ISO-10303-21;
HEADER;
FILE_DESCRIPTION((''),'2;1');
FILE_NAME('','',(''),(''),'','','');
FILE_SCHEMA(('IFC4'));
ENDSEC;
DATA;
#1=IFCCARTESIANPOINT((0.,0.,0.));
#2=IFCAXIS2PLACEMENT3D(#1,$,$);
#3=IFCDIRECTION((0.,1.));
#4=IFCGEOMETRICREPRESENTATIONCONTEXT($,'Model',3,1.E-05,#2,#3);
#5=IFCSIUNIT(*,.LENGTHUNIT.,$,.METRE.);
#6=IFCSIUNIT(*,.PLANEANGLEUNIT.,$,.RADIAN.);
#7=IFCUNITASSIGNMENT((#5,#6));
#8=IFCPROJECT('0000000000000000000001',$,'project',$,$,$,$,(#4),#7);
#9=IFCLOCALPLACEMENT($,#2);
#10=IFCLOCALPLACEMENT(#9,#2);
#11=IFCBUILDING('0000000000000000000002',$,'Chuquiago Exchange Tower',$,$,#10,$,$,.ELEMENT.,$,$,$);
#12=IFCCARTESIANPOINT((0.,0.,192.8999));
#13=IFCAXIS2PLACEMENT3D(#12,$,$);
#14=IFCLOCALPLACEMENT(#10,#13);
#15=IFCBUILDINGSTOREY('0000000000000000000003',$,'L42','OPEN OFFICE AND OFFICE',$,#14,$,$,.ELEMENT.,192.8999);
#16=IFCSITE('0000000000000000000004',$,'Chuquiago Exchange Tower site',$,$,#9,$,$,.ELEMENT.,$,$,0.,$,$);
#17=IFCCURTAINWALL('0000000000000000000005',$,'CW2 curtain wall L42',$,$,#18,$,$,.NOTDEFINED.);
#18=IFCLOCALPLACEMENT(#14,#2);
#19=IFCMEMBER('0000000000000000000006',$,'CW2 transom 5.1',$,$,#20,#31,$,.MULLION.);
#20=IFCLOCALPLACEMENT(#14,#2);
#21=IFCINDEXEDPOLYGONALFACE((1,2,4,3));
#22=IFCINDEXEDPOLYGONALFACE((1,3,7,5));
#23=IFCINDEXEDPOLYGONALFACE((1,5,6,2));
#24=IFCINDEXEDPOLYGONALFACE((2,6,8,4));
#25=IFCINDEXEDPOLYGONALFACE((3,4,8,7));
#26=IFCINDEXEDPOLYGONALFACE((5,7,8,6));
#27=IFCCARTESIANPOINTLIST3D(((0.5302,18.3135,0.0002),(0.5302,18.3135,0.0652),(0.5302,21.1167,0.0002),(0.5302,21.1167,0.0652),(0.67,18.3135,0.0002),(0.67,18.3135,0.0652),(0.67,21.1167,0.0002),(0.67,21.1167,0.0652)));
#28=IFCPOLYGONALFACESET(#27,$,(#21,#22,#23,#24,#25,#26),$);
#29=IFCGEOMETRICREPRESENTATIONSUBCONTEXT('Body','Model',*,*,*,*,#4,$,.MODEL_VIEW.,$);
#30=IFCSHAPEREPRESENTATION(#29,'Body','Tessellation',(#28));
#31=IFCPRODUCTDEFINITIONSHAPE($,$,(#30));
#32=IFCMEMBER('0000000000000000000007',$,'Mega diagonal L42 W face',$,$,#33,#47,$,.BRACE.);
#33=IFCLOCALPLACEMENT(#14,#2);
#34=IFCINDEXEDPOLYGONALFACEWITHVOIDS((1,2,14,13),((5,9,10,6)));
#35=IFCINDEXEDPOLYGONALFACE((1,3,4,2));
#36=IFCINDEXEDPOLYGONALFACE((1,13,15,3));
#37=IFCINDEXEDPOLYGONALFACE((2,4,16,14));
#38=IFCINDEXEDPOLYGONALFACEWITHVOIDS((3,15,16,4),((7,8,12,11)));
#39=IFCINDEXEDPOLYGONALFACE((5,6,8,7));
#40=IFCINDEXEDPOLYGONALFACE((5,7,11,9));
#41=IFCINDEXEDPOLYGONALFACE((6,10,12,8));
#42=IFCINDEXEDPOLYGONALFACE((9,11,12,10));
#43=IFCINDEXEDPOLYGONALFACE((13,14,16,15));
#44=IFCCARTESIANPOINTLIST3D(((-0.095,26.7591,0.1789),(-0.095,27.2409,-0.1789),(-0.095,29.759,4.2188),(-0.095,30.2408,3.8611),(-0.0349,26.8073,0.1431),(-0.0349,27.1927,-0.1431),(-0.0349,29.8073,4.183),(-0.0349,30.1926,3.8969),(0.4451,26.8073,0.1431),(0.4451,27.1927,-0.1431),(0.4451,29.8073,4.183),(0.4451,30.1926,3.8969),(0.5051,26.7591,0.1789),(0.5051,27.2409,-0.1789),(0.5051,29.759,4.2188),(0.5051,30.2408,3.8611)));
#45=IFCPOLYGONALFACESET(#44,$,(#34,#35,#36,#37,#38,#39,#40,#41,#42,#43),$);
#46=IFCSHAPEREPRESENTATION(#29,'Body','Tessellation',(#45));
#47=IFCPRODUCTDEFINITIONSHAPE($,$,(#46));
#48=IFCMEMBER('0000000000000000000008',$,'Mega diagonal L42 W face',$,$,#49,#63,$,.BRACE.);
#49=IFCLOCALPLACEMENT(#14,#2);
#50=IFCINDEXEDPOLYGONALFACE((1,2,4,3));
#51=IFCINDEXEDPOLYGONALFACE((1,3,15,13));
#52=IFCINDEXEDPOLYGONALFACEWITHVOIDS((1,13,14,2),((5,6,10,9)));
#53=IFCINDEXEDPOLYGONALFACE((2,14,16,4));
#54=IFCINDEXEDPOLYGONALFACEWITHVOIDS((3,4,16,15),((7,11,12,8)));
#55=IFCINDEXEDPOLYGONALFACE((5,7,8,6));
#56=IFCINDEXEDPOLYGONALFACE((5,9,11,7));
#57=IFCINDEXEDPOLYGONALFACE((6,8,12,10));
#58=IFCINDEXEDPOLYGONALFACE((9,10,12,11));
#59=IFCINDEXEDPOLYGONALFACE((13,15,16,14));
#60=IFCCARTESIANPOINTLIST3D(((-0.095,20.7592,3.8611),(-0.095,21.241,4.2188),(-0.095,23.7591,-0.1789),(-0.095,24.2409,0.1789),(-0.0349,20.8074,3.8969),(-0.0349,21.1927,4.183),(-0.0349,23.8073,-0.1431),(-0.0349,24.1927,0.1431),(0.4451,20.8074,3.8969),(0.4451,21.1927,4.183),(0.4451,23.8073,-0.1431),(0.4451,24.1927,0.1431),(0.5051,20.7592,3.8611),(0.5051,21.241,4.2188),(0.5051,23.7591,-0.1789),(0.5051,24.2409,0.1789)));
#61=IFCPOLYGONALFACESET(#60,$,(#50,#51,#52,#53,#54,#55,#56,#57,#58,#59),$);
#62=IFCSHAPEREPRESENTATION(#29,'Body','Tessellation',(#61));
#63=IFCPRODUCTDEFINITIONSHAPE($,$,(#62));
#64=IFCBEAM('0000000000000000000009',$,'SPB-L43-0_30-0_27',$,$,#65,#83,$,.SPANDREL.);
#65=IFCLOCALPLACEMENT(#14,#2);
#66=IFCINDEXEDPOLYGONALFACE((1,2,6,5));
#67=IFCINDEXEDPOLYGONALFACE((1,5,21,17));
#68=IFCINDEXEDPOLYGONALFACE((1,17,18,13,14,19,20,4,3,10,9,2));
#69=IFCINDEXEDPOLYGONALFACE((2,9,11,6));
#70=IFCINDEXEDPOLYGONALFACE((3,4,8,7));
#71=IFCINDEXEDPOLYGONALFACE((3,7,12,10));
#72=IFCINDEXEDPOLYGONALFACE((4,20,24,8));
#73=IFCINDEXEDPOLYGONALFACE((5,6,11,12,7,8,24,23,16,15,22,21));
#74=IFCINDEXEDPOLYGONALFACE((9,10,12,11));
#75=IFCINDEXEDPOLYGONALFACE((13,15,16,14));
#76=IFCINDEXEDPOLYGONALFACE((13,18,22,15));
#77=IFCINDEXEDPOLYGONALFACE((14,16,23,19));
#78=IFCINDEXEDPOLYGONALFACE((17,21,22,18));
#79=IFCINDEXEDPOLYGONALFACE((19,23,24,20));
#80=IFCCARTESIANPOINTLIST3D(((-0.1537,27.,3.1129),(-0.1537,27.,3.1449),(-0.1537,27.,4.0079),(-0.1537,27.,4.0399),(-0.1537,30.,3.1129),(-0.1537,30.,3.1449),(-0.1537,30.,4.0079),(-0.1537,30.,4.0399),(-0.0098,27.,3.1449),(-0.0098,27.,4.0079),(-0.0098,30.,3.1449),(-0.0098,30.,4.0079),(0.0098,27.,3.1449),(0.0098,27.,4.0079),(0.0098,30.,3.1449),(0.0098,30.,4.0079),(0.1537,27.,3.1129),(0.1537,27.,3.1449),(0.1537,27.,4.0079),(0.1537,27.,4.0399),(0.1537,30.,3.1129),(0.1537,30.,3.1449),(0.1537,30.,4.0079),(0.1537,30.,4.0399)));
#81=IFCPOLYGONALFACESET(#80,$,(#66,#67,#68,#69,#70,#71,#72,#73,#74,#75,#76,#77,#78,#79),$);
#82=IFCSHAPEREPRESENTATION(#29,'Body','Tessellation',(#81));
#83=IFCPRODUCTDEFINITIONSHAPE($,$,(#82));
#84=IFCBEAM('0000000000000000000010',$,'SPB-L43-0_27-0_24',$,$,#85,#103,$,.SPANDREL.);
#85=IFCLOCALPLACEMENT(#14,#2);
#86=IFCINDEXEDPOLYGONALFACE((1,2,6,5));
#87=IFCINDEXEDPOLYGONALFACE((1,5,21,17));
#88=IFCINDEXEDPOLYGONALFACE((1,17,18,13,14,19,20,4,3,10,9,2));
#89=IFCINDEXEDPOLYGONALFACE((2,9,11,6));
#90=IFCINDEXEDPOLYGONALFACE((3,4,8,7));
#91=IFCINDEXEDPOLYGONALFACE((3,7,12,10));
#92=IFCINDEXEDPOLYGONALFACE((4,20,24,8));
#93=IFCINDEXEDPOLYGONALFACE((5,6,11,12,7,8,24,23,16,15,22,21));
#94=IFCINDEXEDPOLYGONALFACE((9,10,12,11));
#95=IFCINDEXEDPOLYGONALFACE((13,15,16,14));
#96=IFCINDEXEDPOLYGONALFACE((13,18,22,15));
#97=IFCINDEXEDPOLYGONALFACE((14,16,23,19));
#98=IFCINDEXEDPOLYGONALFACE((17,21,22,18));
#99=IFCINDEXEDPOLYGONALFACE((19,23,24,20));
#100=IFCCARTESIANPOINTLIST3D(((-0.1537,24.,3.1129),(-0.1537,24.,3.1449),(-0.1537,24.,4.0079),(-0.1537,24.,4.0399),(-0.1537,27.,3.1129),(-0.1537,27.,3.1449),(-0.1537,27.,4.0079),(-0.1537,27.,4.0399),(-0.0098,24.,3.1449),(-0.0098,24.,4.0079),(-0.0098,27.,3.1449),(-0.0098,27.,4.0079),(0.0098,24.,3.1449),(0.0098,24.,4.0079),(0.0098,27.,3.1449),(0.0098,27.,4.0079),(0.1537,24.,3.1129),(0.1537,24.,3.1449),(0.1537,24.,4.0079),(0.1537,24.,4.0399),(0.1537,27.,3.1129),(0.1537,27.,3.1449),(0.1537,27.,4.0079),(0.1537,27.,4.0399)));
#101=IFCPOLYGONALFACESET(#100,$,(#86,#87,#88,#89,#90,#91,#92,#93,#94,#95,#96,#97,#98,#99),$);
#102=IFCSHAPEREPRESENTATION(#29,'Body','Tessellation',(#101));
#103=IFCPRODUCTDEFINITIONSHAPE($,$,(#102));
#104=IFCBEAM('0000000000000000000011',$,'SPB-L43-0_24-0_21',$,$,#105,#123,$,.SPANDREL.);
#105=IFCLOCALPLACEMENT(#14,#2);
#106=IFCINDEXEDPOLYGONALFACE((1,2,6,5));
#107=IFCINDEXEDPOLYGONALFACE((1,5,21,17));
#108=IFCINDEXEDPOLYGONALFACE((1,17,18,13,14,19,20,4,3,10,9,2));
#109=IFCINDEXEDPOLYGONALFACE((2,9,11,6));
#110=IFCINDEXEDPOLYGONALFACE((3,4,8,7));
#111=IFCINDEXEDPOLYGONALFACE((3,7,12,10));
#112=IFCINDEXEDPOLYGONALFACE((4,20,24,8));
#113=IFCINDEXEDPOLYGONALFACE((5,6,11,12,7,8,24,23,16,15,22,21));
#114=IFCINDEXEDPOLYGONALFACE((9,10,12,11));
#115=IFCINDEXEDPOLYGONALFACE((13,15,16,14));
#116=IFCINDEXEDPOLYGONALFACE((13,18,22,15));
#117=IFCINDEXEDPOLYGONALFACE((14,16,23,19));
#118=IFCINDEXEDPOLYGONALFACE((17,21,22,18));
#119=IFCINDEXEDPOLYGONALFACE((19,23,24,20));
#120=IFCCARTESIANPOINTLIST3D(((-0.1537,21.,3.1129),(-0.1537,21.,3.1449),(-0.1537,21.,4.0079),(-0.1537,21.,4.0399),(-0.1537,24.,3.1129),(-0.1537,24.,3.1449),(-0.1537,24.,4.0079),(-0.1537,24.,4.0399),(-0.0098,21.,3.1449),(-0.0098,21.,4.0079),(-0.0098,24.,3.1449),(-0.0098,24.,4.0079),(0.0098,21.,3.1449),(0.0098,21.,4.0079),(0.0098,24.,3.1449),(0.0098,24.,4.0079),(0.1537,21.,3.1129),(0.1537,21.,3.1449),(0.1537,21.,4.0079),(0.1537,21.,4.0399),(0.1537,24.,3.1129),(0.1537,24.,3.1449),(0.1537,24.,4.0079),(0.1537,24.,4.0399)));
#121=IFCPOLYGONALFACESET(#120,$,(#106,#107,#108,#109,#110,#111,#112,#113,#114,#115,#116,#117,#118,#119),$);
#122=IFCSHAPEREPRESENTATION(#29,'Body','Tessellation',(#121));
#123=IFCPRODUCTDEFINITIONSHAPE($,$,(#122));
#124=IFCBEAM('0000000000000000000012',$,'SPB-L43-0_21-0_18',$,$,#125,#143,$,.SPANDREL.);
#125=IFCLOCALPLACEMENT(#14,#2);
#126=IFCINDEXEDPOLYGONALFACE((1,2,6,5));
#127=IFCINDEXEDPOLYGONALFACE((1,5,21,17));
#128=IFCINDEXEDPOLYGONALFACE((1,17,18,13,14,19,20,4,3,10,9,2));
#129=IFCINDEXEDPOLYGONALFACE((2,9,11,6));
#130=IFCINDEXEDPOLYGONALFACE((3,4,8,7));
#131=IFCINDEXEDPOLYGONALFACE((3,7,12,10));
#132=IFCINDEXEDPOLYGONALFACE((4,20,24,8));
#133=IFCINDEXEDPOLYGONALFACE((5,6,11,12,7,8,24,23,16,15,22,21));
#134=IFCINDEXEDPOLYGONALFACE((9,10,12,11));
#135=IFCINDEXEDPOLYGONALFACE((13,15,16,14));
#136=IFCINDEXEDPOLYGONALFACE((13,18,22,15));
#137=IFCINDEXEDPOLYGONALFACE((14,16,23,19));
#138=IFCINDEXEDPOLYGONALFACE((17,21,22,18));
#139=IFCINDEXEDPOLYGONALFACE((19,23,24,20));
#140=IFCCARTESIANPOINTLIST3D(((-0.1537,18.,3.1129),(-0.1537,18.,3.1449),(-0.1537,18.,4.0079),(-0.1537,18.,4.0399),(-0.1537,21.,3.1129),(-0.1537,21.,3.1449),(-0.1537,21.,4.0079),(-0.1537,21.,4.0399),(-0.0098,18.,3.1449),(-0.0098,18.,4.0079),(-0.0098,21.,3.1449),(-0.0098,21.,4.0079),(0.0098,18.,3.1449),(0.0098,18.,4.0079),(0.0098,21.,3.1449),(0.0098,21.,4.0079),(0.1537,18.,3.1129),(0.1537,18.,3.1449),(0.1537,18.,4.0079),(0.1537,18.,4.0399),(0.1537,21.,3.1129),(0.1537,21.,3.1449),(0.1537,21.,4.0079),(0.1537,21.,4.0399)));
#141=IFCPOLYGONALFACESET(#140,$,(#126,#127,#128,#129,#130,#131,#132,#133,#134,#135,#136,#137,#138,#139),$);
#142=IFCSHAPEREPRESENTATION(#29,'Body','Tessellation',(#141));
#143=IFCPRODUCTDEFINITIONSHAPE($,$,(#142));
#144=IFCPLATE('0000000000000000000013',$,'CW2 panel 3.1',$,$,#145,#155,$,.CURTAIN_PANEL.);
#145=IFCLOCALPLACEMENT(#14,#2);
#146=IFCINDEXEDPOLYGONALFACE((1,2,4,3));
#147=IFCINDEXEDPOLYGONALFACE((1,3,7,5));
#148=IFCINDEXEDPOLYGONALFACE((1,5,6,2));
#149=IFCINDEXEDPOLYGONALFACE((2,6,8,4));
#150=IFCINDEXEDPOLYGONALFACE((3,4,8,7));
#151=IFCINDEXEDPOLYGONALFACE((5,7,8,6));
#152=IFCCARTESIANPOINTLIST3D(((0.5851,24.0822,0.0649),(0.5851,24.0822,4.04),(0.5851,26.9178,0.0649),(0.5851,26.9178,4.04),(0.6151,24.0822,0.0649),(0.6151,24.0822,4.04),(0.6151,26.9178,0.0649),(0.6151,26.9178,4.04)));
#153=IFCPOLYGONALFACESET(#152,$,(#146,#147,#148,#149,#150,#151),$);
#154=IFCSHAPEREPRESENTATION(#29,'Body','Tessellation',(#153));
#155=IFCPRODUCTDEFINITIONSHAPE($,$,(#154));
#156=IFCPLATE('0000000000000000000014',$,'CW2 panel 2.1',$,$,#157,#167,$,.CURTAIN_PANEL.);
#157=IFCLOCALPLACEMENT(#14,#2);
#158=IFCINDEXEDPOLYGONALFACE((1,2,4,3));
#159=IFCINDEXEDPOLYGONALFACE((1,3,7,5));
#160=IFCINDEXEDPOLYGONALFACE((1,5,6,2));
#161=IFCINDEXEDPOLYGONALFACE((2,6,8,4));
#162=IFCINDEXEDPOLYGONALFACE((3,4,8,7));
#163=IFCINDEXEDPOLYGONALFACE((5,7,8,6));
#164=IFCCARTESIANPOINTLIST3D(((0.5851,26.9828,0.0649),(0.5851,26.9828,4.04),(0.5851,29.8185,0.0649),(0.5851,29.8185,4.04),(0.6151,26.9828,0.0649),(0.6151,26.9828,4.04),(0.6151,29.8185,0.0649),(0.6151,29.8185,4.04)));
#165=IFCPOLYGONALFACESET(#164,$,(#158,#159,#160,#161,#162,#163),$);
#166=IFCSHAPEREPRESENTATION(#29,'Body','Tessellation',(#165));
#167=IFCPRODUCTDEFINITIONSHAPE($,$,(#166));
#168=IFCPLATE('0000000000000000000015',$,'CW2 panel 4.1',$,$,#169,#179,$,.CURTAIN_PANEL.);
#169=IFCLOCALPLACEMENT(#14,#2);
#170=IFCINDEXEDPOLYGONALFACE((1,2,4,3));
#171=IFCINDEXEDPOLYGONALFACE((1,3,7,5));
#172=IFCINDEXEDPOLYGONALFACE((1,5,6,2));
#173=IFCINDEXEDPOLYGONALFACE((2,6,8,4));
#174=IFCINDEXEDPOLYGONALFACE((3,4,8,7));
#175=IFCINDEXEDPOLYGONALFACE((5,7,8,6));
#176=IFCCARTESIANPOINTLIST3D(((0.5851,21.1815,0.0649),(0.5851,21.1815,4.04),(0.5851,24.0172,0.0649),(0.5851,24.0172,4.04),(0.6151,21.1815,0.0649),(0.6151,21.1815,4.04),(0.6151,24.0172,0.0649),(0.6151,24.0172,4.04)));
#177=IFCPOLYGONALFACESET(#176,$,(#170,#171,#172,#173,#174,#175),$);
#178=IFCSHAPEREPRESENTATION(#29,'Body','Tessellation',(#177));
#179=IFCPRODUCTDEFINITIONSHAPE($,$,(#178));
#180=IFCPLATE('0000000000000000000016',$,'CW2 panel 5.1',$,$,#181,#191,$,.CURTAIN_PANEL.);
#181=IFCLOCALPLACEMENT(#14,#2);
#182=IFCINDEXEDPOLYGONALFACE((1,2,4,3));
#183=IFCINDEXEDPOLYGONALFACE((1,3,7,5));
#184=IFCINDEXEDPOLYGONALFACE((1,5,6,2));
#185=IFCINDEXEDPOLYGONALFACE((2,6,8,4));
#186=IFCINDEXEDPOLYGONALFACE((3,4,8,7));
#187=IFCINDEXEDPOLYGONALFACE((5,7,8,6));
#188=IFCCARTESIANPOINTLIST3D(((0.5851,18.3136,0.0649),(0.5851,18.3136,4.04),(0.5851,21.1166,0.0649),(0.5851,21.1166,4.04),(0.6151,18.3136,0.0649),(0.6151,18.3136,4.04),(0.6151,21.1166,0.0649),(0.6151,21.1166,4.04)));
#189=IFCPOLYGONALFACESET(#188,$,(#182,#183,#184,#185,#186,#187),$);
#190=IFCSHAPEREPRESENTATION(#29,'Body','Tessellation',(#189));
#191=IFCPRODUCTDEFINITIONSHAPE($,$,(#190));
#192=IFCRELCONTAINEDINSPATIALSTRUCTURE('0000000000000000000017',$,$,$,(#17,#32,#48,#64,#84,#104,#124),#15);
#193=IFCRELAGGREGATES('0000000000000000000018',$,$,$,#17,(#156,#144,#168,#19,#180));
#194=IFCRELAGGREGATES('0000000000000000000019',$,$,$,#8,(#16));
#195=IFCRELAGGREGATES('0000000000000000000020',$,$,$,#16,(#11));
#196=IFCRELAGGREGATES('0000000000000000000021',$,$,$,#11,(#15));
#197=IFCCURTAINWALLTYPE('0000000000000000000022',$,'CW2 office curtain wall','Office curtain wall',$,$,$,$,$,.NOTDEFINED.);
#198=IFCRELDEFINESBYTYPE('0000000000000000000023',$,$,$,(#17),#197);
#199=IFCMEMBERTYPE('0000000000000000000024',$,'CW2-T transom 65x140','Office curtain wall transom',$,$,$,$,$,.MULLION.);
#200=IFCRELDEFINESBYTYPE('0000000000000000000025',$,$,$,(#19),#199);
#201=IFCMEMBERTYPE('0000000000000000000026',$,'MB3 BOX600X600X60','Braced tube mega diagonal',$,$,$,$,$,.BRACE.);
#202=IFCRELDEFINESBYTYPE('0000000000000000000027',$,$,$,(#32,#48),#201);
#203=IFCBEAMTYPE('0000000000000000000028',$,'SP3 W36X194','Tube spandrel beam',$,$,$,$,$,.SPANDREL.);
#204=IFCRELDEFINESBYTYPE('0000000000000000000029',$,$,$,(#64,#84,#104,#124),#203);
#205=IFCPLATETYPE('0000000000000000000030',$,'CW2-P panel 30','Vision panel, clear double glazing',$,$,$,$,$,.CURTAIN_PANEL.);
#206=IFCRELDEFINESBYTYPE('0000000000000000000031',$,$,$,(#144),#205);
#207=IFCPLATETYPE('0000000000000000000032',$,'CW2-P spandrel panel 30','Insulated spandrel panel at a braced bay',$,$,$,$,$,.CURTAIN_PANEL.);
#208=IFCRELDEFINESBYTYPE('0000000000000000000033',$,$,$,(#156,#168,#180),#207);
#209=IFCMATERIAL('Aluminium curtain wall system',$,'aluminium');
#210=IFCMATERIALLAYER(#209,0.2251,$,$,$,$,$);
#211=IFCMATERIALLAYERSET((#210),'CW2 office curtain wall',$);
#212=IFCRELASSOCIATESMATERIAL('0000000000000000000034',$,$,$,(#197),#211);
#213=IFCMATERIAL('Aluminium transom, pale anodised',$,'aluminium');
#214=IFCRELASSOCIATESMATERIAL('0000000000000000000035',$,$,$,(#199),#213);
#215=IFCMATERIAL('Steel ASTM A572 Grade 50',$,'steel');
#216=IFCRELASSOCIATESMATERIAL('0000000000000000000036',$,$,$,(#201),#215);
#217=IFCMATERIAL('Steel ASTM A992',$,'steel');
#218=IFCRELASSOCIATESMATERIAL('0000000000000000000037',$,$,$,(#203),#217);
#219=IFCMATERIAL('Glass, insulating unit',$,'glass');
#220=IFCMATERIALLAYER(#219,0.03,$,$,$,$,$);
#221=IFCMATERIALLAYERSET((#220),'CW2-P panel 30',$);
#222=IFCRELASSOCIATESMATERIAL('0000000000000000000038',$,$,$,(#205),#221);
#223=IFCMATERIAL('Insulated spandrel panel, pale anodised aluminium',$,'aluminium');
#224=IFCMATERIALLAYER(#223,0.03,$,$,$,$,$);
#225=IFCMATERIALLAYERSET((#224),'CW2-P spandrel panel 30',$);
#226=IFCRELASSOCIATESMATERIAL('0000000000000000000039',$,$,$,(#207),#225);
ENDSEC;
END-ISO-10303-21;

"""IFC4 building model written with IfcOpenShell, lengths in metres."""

from ifc_helpers import new_model, si_unit, direction, frame, origin, origin_2d, place, context, subcontext, project, spatial, rectangle, hollow_rectangle, i_section, extrude, material, layer, layer_set, material_profile, profile_set, type_object, element, aggregate, save


model = new_model("IFC4")

# Units and contexts
model_context = context("Model", 3, precision=1e-05, world=origin(), true_north=direction((0.0, 1.0)))
body_context = subcontext(model_context, "Body", "Model", "MODEL_VIEW")
ifc_project = project(units=[si_unit("LENGTHUNIT", "METRE"), si_unit("PLANEANGLEUNIT", "RADIAN")], contexts=[model_context])

# Site, building, storey
site_placement = place(None, origin())
site = spatial("IfcSite", under=ifc_project, at=site_placement, Name="Chuquiago Exchange Tower site", CompositionType="ELEMENT", RefElevation=0.0)
building_placement = place(site_placement, origin())
building = spatial("IfcBuilding", under=site, at=building_placement, Name="Chuquiago Exchange Tower", CompositionType="ELEMENT")
storey_placement = place(building_placement, frame((0.0, 0.0, 192.8999)))
storey = spatial("IfcBuildingStorey", under=building, at=storey_placement, Name="L42", Description="OPEN OFFICE AND OFFICE", CompositionType="ELEMENT", Elevation=192.8999)

# Curtain wall, member
ifc_material_1 = material(Name="Aluminium curtain wall system", Category="aluminium")
ifc_layer_1 = layer(ifc_material_1, 0.2251)
ifc_layer_set_1 = layer_set([ifc_layer_1], Name="CW2 office curtain wall")
curtain_wall_type = type_object("IfcCurtainWallType", Name="CW2 office curtain wall", Description="Office curtain wall", PredefinedType="NOTDEFINED", material=ifc_layer_set_1)
curtain_wall_placement = place(storey_placement, origin())
curtain_wall = element("IfcCurtainWall", 1, at=curtain_wall_placement, inside=storey, type_object=curtain_wall_type, Name="CW2 curtain wall L42", PredefinedType="NOTDEFINED")
ifc_material_2 = material(Name="Aluminium transom, pale anodised", Category="aluminium")
ifc_material_profile_1 = material_profile(ifc_material_2, rectangle(XDim=0.1399, YDim=0.0649, at=origin_2d()), Name="AL 140x65")
ifc_profile_set_1 = profile_set([ifc_material_profile_1], Name="Aluminium transom, pale anodised")
member_type_1 = type_object("IfcMemberType", Name="CW2-T transom 65x140", Description="Office curtain wall transom", PredefinedType="MULLION", material=ifc_profile_set_1)
member_1_placement = place(storey_placement, frame((0.6001, 21.1167, 0.0327), z_axis=(0.0, -1.0, 0.0), x_axis=(1.0, 0.0, 0.0)))
member_1 = element("IfcMember", 2, at=member_1_placement, type_object=member_type_1, Name="CW2 transom 5.1", PredefinedType="MULLION", context=body_context, shape_type="SweptSolid", body=[
    extrude(rectangle(XDim=0.1399, YDim=0.0649, at=origin_2d()), origin(), (0.0, 0.0, 1.0), 2.8032),
])

# Members
ifc_material_3 = material(Name="Steel ASTM A572 Grade 50", Category="steel")
ifc_material_profile_2 = material_profile(ifc_material_3, hollow_rectangle(XDim=0.6001, YDim=0.6001, WallThickness=0.0601, at=origin_2d()), Name="BOX600X600X60")
ifc_profile_set_2 = profile_set([ifc_material_profile_2], Name="Steel ASTM A572 Grade 50")
member_type_2 = type_object("IfcMemberType", Name="MB3 BOX600X600X60", Description="Braced tube mega diagonal", PredefinedType="BRACE", material=ifc_profile_set_2)
for number, where, z_axis, x_axis, name in (
    (3, (0.2051, 27.0, 0.0), (0.0, 0.596174, 0.802855), (-1.0, 0.0, 0.0), "Mega diagonal L42 W face"),
    (4, (0.2051, 24.0, 0.0), (0.0, -0.596174, 0.802855), (1.0, 0.0, 0.0), "Mega diagonal L42 W face"),
):
    element("IfcMember", number, at=place(storey_placement, frame(where, z_axis=z_axis, x_axis=x_axis)), inside=storey, type_object=member_type_2, Name=name, PredefinedType="BRACE", context=body_context, shape_type="SweptSolid", body=[
        extrude(hollow_rectangle(XDim=0.6001, YDim=0.6001, WallThickness=0.0601, at=origin_2d()), origin(), (0.0, 0.0, 1.0), 5.032),
    ])

# Beams
ifc_material_4 = material(Name="Steel ASTM A992", Category="steel")
ifc_material_profile_3 = material_profile(ifc_material_4, i_section(OverallWidth=0.3074, OverallDepth=0.927, WebThickness=0.0195, FlangeThickness=0.032, at=origin_2d()), Name="W36X194")
ifc_profile_set_3 = profile_set([ifc_material_profile_3], Name="Steel ASTM A992")
beam_type = type_object("IfcBeamType", Name="SP3 W36X194", Description="Tube spandrel beam", PredefinedType="SPANDREL", material=ifc_profile_set_3)
for number, where, z_axis, x_axis, name in (
    (5, (0.0, 30.0, 3.5764), (0.0, -1.0, 0.0), (1.0, 0.0, 0.0), "SPB-L43-0_30-0_27"),
    (6, (0.0, 27.0, 3.5764), (0.0, -1.0, 0.0), (1.0, 0.0, 0.0), "SPB-L43-0_27-0_24"),
    (7, (0.0, 24.0, 3.5764), (0.0, -1.0, 0.0), (1.0, 0.0, 0.0), "SPB-L43-0_24-0_21"),
    (8, (0.0, 21.0, 3.5764), (0.0, -1.0, 0.0), (1.0, 0.0, 0.0), "SPB-L43-0_21-0_18"),
):
    element("IfcBeam", number, at=place(storey_placement, frame(where, z_axis=z_axis, x_axis=x_axis)), inside=storey, type_object=beam_type, Name=name, PredefinedType="SPANDREL", context=body_context, shape_type="SweptSolid", body=[
        extrude(i_section(OverallWidth=0.3074, OverallDepth=0.927, WebThickness=0.0195, FlangeThickness=0.032, at=origin_2d()), origin(), (0.0, 0.0, 1.0), 3.0),
    ])

# Plates
ifc_material_5 = material(Name="Glass, insulating unit", Category="glass")
ifc_layer_2 = layer(ifc_material_5, 0.03)
ifc_layer_set_2 = layer_set([ifc_layer_2], Name="CW2-P panel 30")
plate_type_1 = type_object("IfcPlateType", Name="CW2-P panel 30", Description="Vision panel, clear double glazing", PredefinedType="CURTAIN_PANEL", material=ifc_layer_set_2)
plate_1_placement = place(storey_placement, frame((0.6001, 25.5, 0.0649), z_axis=(0.0, 0.0, 1.0), x_axis=(0.0, -1.0, 0.0)))
plate_1 = element("IfcPlate", 9, at=plate_1_placement, type_object=plate_type_1, Name="CW2 panel 3.1", PredefinedType="CURTAIN_PANEL", context=body_context, shape_type="SweptSolid", body=[
    extrude(rectangle(XDim=2.8357, YDim=0.03, at=origin_2d()), origin(), (0.0, 0.0, 1.0), 3.9751),
])
ifc_material_6 = material(Name="Insulated spandrel panel, pale anodised aluminium", Category="aluminium")
ifc_layer_3 = layer(ifc_material_6, 0.03)
ifc_layer_set_3 = layer_set([ifc_layer_3], Name="CW2-P spandrel panel 30")
plate_type_2 = type_object("IfcPlateType", Name="CW2-P spandrel panel 30", Description="Insulated spandrel panel at a braced bay", PredefinedType="CURTAIN_PANEL", material=ifc_layer_set_3)
plate_2_placement = place(storey_placement, frame((0.6001, 28.4006, 0.0649), z_axis=(0.0, 0.0, 1.0), x_axis=(0.0, -1.0, 0.0)))
plate_2 = element("IfcPlate", 10, at=plate_2_placement, type_object=plate_type_2, Name="CW2 panel 2.1", PredefinedType="CURTAIN_PANEL", context=body_context, shape_type="SweptSolid", body=[
    extrude(rectangle(XDim=2.8357, YDim=0.03, at=origin_2d()), origin(), (0.0, 0.0, 1.0), 3.9751),
])
plate_3_placement = place(storey_placement, frame((0.6001, 22.5994, 0.0649), z_axis=(0.0, 0.0, 1.0), x_axis=(0.0, -1.0, 0.0)))
plate_3 = element("IfcPlate", 11, at=plate_3_placement, type_object=plate_type_2, Name="CW2 panel 4.1", PredefinedType="CURTAIN_PANEL", context=body_context, shape_type="SweptSolid", body=[
    extrude(rectangle(XDim=2.8357, YDim=0.03, at=origin_2d()), origin(), (0.0, 0.0, 1.0), 3.9751),
])
plate_4_placement = place(storey_placement, frame((0.6001, 19.7151, 0.0649), z_axis=(0.0, 0.0, 1.0), x_axis=(0.0, -1.0, 0.0)))
plate_4 = element("IfcPlate", 12, at=plate_4_placement, type_object=plate_type_2, Name="CW2 panel 5.1", PredefinedType="CURTAIN_PANEL", context=body_context, shape_type="SweptSolid", body=[
    extrude(rectangle(XDim=2.803, YDim=0.03, at=origin_2d()), origin(), (0.0, 0.0, 1.0), 3.9751),
])
aggregate(curtain_wall, [plate_2, plate_1, plate_3, member_1, plate_4])

save(model, "model.ifc")
